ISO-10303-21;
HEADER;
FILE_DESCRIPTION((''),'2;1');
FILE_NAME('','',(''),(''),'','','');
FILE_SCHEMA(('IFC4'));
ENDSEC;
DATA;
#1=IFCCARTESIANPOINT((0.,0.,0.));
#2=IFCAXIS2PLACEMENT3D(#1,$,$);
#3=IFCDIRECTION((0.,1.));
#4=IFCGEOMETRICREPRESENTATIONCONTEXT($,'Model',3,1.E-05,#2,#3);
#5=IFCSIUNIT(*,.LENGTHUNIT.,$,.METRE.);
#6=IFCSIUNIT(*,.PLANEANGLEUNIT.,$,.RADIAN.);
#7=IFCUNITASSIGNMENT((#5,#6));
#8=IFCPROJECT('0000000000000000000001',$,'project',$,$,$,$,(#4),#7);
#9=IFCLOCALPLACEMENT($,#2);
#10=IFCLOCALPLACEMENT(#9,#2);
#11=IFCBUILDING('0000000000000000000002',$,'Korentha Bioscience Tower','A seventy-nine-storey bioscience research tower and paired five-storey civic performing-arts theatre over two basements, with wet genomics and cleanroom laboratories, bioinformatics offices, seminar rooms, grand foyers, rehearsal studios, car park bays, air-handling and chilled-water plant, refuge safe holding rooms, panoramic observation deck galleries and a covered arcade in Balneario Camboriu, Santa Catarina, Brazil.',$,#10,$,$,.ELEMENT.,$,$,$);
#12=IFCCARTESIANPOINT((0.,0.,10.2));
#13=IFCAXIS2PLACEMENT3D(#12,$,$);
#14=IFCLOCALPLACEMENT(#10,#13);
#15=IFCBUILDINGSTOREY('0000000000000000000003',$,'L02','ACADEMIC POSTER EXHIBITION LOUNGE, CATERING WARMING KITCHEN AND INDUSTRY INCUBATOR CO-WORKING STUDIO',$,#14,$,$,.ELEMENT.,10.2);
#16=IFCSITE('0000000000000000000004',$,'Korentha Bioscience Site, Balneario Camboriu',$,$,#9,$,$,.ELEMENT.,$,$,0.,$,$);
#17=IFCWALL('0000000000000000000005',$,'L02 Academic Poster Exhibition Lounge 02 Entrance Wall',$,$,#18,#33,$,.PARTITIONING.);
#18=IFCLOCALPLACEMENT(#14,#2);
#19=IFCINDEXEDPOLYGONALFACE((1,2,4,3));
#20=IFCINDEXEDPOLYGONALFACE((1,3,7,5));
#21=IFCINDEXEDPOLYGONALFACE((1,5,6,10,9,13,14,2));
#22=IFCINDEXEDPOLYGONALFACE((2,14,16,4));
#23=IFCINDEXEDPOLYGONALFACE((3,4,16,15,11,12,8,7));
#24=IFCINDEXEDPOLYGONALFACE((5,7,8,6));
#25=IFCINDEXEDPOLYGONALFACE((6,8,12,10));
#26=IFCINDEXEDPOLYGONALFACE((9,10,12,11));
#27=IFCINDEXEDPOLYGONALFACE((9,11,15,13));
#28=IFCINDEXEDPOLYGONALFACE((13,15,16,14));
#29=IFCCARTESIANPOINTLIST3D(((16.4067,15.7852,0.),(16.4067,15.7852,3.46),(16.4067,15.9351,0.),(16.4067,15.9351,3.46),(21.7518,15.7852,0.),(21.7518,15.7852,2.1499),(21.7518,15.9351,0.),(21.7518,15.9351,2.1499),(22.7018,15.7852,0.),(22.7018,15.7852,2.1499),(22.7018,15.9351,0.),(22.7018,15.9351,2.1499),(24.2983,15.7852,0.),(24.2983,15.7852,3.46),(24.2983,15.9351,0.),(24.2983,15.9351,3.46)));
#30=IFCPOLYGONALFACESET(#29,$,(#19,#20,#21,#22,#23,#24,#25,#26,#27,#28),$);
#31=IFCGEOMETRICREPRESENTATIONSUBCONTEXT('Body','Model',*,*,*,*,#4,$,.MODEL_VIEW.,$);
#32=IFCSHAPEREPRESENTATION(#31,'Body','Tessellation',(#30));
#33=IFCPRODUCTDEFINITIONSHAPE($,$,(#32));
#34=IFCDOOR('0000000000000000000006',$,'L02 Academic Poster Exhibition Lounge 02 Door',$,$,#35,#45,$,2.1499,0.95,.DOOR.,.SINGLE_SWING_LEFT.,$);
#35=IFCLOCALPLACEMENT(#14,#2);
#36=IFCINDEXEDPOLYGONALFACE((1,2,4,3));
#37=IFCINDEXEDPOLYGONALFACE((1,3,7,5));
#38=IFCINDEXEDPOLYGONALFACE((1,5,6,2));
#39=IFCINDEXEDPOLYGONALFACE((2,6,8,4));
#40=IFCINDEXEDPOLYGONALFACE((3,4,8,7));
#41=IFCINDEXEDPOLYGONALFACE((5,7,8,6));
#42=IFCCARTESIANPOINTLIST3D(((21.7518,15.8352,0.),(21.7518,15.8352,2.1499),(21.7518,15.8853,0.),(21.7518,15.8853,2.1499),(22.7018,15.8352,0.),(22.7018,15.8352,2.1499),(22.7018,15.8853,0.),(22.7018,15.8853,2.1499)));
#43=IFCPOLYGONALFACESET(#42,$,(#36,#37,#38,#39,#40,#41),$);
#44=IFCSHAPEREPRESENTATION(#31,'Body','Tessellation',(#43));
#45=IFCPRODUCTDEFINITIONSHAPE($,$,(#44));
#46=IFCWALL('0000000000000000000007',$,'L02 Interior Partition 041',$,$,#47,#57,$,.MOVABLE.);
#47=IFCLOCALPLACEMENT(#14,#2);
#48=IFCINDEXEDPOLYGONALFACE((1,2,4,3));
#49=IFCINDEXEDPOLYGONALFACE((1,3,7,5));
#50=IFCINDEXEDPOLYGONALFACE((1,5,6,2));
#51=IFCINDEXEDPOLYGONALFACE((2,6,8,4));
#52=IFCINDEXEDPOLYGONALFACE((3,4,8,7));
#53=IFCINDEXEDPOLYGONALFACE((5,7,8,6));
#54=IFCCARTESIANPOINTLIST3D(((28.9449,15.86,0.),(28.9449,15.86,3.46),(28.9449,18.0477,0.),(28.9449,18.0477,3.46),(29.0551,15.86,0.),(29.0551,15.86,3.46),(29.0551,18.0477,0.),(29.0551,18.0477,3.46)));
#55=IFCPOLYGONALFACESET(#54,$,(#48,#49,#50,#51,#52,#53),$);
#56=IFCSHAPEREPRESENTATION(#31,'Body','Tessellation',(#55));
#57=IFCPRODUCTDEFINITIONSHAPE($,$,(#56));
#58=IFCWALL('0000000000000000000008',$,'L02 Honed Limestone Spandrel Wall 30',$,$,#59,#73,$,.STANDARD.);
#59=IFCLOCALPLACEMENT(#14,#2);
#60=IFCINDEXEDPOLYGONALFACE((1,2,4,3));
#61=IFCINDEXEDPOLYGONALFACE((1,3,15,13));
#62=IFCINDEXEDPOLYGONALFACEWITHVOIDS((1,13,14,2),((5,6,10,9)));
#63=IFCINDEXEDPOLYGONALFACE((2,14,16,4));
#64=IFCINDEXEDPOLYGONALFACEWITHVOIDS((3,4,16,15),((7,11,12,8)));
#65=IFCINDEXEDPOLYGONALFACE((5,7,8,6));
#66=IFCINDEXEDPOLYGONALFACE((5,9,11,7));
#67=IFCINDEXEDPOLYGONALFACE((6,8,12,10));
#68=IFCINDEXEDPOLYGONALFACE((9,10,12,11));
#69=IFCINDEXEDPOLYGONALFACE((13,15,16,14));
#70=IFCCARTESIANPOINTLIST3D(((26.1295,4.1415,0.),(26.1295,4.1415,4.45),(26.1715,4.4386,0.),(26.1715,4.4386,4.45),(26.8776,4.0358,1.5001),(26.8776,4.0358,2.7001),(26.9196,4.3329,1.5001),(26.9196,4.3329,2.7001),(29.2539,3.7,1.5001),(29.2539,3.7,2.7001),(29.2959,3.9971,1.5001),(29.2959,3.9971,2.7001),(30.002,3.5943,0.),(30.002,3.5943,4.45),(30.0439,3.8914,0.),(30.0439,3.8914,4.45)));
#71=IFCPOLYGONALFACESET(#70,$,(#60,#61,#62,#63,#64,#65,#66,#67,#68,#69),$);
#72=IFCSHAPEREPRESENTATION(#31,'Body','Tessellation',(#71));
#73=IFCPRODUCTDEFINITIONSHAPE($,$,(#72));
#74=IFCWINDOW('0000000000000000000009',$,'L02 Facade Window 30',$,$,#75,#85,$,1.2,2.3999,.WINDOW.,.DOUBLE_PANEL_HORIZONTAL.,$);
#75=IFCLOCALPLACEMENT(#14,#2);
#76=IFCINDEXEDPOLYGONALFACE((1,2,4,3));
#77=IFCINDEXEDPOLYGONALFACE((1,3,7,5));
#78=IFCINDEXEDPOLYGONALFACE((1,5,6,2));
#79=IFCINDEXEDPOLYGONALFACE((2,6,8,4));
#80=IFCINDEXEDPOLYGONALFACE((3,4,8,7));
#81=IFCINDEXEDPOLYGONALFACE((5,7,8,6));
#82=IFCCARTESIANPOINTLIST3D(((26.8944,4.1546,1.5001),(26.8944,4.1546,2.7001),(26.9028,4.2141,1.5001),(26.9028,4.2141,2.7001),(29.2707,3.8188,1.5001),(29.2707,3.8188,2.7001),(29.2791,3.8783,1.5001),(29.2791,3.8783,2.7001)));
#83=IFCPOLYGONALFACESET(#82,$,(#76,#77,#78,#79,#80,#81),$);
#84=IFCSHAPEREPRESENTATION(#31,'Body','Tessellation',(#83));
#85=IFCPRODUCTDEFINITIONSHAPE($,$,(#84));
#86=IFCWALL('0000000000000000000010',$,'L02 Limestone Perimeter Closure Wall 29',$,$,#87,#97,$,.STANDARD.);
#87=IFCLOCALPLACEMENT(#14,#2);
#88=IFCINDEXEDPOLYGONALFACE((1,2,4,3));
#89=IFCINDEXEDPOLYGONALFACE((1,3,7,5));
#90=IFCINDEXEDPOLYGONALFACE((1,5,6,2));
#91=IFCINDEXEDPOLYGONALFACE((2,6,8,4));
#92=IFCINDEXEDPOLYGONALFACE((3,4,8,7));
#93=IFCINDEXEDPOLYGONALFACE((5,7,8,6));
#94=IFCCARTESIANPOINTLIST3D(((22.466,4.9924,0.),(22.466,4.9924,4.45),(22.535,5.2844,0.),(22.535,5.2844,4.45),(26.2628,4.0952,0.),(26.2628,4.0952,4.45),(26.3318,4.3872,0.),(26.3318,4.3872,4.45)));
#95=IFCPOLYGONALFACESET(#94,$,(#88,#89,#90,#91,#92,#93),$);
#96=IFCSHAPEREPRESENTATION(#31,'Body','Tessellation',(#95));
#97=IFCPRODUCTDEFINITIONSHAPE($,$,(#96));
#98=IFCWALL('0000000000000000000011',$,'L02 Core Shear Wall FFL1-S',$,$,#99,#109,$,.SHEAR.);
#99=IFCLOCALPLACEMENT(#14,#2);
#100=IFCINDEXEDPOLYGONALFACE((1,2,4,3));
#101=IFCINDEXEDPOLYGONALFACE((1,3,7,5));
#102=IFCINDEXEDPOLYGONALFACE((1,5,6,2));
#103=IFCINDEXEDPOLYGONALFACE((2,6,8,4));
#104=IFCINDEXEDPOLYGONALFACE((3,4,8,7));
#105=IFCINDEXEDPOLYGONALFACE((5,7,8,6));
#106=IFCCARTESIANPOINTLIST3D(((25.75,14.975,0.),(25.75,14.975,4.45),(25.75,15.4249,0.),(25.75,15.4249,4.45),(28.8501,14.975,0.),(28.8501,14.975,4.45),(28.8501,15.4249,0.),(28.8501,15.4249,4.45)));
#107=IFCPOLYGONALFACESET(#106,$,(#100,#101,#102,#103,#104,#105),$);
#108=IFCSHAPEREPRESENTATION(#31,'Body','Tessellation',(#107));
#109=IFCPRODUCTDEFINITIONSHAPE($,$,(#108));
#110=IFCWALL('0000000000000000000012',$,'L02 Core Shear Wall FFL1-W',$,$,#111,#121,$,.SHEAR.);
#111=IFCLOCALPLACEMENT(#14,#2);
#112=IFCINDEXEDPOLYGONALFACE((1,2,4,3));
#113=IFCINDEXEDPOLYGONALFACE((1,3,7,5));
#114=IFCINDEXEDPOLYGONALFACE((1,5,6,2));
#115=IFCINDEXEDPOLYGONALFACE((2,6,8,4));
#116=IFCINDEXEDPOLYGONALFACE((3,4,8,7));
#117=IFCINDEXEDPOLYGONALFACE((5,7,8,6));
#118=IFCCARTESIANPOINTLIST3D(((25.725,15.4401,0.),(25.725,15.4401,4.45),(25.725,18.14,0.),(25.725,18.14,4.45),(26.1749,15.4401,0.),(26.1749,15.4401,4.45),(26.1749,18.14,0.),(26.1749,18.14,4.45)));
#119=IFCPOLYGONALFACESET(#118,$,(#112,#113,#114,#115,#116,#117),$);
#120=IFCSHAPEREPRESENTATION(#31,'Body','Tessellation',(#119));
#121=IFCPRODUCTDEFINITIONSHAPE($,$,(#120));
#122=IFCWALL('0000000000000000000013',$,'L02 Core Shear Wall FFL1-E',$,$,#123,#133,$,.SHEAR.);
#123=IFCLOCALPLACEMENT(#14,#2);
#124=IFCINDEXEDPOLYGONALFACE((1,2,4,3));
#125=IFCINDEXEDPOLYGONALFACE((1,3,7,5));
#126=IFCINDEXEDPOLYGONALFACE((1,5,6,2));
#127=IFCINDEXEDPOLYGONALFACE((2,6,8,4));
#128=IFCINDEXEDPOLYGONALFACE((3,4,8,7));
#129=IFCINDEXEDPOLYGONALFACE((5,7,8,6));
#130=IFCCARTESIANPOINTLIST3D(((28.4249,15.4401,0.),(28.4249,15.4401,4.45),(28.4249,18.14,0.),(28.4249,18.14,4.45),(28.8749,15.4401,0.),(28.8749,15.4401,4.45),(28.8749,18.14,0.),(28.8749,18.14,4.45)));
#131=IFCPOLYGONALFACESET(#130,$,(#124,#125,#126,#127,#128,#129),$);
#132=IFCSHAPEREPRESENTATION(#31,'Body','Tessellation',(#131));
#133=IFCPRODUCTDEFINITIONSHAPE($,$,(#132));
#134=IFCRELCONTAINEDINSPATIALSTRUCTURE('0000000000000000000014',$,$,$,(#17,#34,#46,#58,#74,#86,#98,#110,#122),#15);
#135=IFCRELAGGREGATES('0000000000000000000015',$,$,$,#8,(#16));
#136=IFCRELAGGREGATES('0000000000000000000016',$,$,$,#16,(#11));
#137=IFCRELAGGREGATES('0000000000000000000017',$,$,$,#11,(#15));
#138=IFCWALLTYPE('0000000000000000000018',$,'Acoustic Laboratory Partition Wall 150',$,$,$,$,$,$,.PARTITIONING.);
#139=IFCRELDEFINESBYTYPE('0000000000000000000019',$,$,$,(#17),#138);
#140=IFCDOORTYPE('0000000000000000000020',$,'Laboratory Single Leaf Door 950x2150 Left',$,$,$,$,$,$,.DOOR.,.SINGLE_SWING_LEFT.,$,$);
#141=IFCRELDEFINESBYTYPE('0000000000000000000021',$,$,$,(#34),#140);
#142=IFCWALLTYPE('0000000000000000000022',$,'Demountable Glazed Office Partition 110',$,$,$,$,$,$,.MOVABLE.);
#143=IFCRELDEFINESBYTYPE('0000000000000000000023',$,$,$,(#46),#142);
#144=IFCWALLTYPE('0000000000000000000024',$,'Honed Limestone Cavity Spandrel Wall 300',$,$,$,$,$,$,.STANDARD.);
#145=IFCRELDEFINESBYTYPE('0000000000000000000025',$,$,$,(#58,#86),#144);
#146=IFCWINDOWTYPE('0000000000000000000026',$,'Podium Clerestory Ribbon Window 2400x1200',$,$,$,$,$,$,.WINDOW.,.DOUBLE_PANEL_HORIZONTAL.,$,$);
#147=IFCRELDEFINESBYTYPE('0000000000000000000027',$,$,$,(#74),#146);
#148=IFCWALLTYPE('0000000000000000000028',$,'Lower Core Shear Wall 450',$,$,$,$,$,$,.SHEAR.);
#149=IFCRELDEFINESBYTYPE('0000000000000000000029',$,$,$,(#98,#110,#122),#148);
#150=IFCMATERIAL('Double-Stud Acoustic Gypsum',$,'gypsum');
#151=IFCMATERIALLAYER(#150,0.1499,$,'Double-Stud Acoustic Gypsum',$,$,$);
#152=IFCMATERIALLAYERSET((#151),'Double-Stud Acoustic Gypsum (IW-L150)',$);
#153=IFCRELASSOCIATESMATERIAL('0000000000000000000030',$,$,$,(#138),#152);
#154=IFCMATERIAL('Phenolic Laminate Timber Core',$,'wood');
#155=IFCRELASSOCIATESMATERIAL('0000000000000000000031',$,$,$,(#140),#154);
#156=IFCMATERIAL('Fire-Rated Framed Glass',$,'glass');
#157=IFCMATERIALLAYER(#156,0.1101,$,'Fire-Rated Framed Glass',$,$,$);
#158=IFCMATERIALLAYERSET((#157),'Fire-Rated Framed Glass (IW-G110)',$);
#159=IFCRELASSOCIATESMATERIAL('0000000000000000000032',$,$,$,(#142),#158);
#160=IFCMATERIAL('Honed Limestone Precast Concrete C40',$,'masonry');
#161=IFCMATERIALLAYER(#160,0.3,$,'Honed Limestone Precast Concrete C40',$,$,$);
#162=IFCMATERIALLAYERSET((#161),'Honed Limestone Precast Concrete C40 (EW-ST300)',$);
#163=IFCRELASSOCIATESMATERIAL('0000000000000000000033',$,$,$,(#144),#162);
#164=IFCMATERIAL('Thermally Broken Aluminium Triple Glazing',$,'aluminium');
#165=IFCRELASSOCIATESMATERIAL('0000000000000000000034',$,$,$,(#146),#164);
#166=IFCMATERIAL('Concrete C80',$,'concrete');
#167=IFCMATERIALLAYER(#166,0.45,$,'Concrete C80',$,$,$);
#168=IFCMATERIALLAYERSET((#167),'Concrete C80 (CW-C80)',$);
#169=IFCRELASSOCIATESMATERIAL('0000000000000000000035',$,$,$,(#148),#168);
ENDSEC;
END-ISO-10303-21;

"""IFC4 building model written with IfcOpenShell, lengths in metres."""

from ifc_helpers import new_model, si_unit, direction, frame, frame_2d, origin, place, context, subcontext, project, spatial, rectangle, extrude, material, layer, layer_set, type_object, element, fill, save


model = new_model("IFC4")

# Units and contexts
model_context = context("Model", 3, precision=1e-05, world=origin(), true_north=direction((0.0, 1.0)))
body_context = subcontext(model_context, "Body", "Model", "MODEL_VIEW")
ifc_project = project(units=[si_unit("LENGTHUNIT", "METRE"), si_unit("PLANEANGLEUNIT", "RADIAN")], contexts=[model_context])

# Site, building, storey
site_placement = place(None, origin())
site = spatial("IfcSite", under=ifc_project, at=site_placement, Name="Korentha Bioscience Site, Balneario Camboriu", CompositionType="ELEMENT", RefElevation=0.0)
building_placement = place(site_placement, origin())
building = spatial("IfcBuilding", under=site, at=building_placement, Name="Korentha Bioscience Tower", Description="A seventy-nine-storey bioscience research tower and paired five-storey civic performing-arts theatre over two basements, with wet genomics and cleanroom laboratories, bioinformatics offices, seminar rooms, grand foyers, rehearsal studios, car park bays, air-handling and chilled-water plant, refuge safe holding rooms, panoramic observation deck galleries and a covered arcade in Balneario Camboriu, Santa Catarina, Brazil.", CompositionType="ELEMENT")
storey_placement = place(building_placement, frame((0.0, 0.0, 10.2)))
storey = spatial("IfcBuildingStorey", under=building, at=storey_placement, Name="L02", Description="ACADEMIC POSTER EXHIBITION LOUNGE, CATERING WARMING KITCHEN AND INDUSTRY INCUBATOR CO-WORKING STUDIO", CompositionType="ELEMENT", Elevation=10.2)

# Shared definitions
ifc_material_1 = material(Name="Concrete C80", Category="concrete")

# Wall, opening, door
ifc_material_2 = material(Name="Double-Stud Acoustic Gypsum", Category="gypsum")
ifc_layer_1 = layer(ifc_material_2, 0.1499, Name="Double-Stud Acoustic Gypsum")
ifc_layer_set_1 = layer_set([ifc_layer_1], Name="Double-Stud Acoustic Gypsum (IW-L150)")
wall_type_1 = type_object("IfcWallType", Name="Acoustic Laboratory Partition Wall 150", PredefinedType="PARTITIONING", material=ifc_layer_set_1)
wall_1_placement = place(storey_placement, frame((24.2983, 15.8601, 0.0), z_axis=(0.0, 0.0, 1.0), x_axis=(-1.0, 0.0, 0.0)))
wall_1 = element("IfcWall", 1, at=wall_1_placement, inside=storey, type_object=wall_type_1, Name="L02 Academic Poster Exhibition Lounge 02 Entrance Wall", PredefinedType="PARTITIONING", context=body_context, shape_type="SweptSolid", body=[
    extrude(rectangle(XDim=7.8916, YDim=0.1499, at=frame_2d((3.9458, 0.0))), origin(), (0.0, 0.0, 1.0), 3.46),
])
opening_1_placement = place(wall_1_placement, frame((1.5964, 0.0, 0.0)))
opening_1 = element("IfcOpeningElement", 2, at=opening_1_placement, cuts=wall_1, PredefinedType="OPENING", context=body_context, shape_type="SweptSolid", body=[
    extrude(rectangle(XDim=0.95, YDim=2.1499, at=frame_2d((0.4751, 1.075))), frame((0.0, 0.0898, 0.0), z_axis=(0.0, -1.0, 0.0), x_axis=(1.0, 0.0, 0.0)), (0.0, 0.0, 1.0), 0.1797),
])
ifc_material_3 = material(Name="Phenolic Laminate Timber Core", Category="wood")
door_type = type_object("IfcDoorType", Name="Laboratory Single Leaf Door 950x2150 Left", OperationType="SINGLE_SWING_LEFT", PredefinedType="DOOR", material=ifc_material_3)
door_placement = place(opening_1_placement, origin())
door = element("IfcDoor", 3, at=door_placement, inside=storey, type_object=door_type, Name="L02 Academic Poster Exhibition Lounge 02 Door", OperationType="SINGLE_SWING_LEFT", OverallHeight=2.1499, OverallWidth=0.95, PredefinedType="DOOR", context=body_context, shape_type="SweptSolid", body=[
    extrude(rectangle(XDim=0.95, YDim=2.1499, at=frame_2d((0.4751, 1.075))), frame((0.0, 0.0249, 0.0), z_axis=(0.0, -1.0, 0.0), x_axis=(1.0, 0.0, 0.0)), (0.0, 0.0, 1.0), 0.05),
])
fill(opening_1, door)

# Wall
ifc_material_4 = material(Name="Fire-Rated Framed Glass", Category="glass")
ifc_layer_2 = layer(ifc_material_4, 0.1101, Name="Fire-Rated Framed Glass")
ifc_layer_set_2 = layer_set([ifc_layer_2], Name="Fire-Rated Framed Glass (IW-G110)")
wall_type_2 = type_object("IfcWallType", Name="Demountable Glazed Office Partition 110", PredefinedType="MOVABLE", material=ifc_layer_set_2)
wall_2_placement = place(storey_placement, frame((29.0, 15.8601, 0.0), z_axis=(0.0, 0.0, 1.0), x_axis=(0.0, 1.0, 0.0)))
element("IfcWall", 4, at=wall_2_placement, inside=storey, type_object=wall_type_2, Name="L02 Interior Partition 041", PredefinedType="MOVABLE", context=body_context, shape_type="SweptSolid", body=[
    extrude(rectangle(XDim=2.1877, YDim=0.1101, at=frame_2d((1.0938, 0.0))), origin(), (0.0, 0.0, 1.0), 3.46),
])

# Wall, opening, window
ifc_material_5 = material(Name="Honed Limestone Precast Concrete C40", Category="masonry")
ifc_layer_3 = layer(ifc_material_5, 0.3, Name="Honed Limestone Precast Concrete C40")
ifc_layer_set_3 = layer_set([ifc_layer_3], Name="Honed Limestone Precast Concrete C40 (EW-ST300)")
wall_type_3 = type_object("IfcWallType", Name="Honed Limestone Cavity Spandrel Wall 300", PredefinedType="STANDARD", material=ifc_layer_set_3)
wall_3_placement = place(storey_placement, frame((26.1504, 4.29, 0.0), z_axis=(0.0, 0.0, 1.0), x_axis=(0.990166, -0.1399, 0.0)))
wall_3 = element("IfcWall", 5, at=wall_3_placement, inside=storey, type_object=wall_type_3, Name="L02 Honed Limestone Spandrel Wall 30", PredefinedType="STANDARD", context=body_context, shape_type="SweptSolid", body=[
    extrude(rectangle(XDim=3.9109, YDim=0.3, at=frame_2d((1.9556, 0.0))), origin(), (0.0, 0.0, 1.0), 4.45),
])
opening_2_placement = place(wall_3_placement, frame((0.7556, 0.0, 1.5)))
opening_2 = element("IfcOpeningElement", 6, at=opening_2_placement, cuts=wall_3, PredefinedType="OPENING", context=body_context, shape_type="SweptSolid", body=[
    extrude(rectangle(XDim=2.3999, YDim=1.2, at=frame_2d((1.2, 0.6001))), frame((0.0, 0.165, 0.0), z_axis=(0.0, -1.0, 0.0), x_axis=(1.0, 0.0, 0.0)), (0.0, 0.0, 1.0), 0.3298),
])
ifc_material_6 = material(Name="Thermally Broken Aluminium Triple Glazing", Category="aluminium")
window_type = type_object("IfcWindowType", Name="Podium Clerestory Ribbon Window 2400x1200", PartitioningType="DOUBLE_PANEL_HORIZONTAL", PredefinedType="WINDOW", material=ifc_material_6)
window_placement = place(opening_2_placement, origin())
window = element("IfcWindow", 7, at=window_placement, inside=storey, type_object=window_type, Name="L02 Facade Window 30", OverallHeight=1.2, OverallWidth=2.3999, PartitioningType="DOUBLE_PANEL_HORIZONTAL", PredefinedType="WINDOW", context=body_context, shape_type="SweptSolid", body=[
    extrude(rectangle(XDim=2.3999, YDim=1.2, at=frame_2d((1.2, 0.6001))), frame((0.0, 0.03, 0.0), z_axis=(0.0, -1.0, 0.0), x_axis=(1.0, 0.0, 0.0)), (0.0, 0.0, 1.0), 0.0601),
])
fill(opening_2, window)

# Walls
wall_4_placement = place(storey_placement, frame((22.5005, 5.1384, 0.0), z_axis=(0.0, 0.0, 1.0), x_axis=(0.973198, -0.22997, 0.0)))
element("IfcWall", 8, at=wall_4_placement, inside=storey, type_object=wall_type_3, Name="L02 Limestone Perimeter Closure Wall 29", PredefinedType="STANDARD", context=body_context, shape_type="SweptSolid", body=[
    extrude(rectangle(XDim=3.9014, YDim=0.3, at=frame_2d((1.9507, 0.0))), origin(), (0.0, 0.0, 1.0), 4.45),
])
ifc_layer_4 = layer(ifc_material_1, 0.45, Name="Concrete C80")
ifc_layer_set_4 = layer_set([ifc_layer_4], Name="Concrete C80 (CW-C80)")
wall_type_4 = type_object("IfcWallType", Name="Lower Core Shear Wall 450", PredefinedType="SHEAR", material=ifc_layer_set_4)
wall_5_placement = place(storey_placement, frame((25.75, 15.2, 0.0), z_axis=(0.0, 0.0, 1.0), x_axis=(1.0, 0.0, 0.0)))
element("IfcWall", 9, at=wall_5_placement, inside=storey, type_object=wall_type_4, Name="L02 Core Shear Wall FFL1-S", PredefinedType="SHEAR", context=body_context, shape_type="SweptSolid", body=[
    extrude(rectangle(XDim=3.1001, YDim=0.45, at=frame_2d((1.55, 0.0))), origin(), (0.0, 0.0, 1.0), 4.45),
])
for number, where, z_axis, x_axis, name in (
    (10, (25.95, 15.4399, 0.0), (0.0, 0.0, 1.0), (0.0, 1.0, 0.0), "L02 Core Shear Wall FFL1-W"),
    (11, (28.6499, 15.4399, 0.0), (0.0, 0.0, 1.0), (0.0, 1.0, 0.0), "L02 Core Shear Wall FFL1-E"),
):
    element("IfcWall", number, at=place(storey_placement, frame(where, z_axis=z_axis, x_axis=x_axis)), inside=storey, type_object=wall_type_4, Name=name, PredefinedType="SHEAR", context=body_context, shape_type="SweptSolid", body=[
        extrude(rectangle(XDim=2.7, YDim=0.45, at=frame_2d((1.3501, 0.0))), origin(), (0.0, 0.0, 1.0), 4.45),
    ])

save(model, "model.ifc")
